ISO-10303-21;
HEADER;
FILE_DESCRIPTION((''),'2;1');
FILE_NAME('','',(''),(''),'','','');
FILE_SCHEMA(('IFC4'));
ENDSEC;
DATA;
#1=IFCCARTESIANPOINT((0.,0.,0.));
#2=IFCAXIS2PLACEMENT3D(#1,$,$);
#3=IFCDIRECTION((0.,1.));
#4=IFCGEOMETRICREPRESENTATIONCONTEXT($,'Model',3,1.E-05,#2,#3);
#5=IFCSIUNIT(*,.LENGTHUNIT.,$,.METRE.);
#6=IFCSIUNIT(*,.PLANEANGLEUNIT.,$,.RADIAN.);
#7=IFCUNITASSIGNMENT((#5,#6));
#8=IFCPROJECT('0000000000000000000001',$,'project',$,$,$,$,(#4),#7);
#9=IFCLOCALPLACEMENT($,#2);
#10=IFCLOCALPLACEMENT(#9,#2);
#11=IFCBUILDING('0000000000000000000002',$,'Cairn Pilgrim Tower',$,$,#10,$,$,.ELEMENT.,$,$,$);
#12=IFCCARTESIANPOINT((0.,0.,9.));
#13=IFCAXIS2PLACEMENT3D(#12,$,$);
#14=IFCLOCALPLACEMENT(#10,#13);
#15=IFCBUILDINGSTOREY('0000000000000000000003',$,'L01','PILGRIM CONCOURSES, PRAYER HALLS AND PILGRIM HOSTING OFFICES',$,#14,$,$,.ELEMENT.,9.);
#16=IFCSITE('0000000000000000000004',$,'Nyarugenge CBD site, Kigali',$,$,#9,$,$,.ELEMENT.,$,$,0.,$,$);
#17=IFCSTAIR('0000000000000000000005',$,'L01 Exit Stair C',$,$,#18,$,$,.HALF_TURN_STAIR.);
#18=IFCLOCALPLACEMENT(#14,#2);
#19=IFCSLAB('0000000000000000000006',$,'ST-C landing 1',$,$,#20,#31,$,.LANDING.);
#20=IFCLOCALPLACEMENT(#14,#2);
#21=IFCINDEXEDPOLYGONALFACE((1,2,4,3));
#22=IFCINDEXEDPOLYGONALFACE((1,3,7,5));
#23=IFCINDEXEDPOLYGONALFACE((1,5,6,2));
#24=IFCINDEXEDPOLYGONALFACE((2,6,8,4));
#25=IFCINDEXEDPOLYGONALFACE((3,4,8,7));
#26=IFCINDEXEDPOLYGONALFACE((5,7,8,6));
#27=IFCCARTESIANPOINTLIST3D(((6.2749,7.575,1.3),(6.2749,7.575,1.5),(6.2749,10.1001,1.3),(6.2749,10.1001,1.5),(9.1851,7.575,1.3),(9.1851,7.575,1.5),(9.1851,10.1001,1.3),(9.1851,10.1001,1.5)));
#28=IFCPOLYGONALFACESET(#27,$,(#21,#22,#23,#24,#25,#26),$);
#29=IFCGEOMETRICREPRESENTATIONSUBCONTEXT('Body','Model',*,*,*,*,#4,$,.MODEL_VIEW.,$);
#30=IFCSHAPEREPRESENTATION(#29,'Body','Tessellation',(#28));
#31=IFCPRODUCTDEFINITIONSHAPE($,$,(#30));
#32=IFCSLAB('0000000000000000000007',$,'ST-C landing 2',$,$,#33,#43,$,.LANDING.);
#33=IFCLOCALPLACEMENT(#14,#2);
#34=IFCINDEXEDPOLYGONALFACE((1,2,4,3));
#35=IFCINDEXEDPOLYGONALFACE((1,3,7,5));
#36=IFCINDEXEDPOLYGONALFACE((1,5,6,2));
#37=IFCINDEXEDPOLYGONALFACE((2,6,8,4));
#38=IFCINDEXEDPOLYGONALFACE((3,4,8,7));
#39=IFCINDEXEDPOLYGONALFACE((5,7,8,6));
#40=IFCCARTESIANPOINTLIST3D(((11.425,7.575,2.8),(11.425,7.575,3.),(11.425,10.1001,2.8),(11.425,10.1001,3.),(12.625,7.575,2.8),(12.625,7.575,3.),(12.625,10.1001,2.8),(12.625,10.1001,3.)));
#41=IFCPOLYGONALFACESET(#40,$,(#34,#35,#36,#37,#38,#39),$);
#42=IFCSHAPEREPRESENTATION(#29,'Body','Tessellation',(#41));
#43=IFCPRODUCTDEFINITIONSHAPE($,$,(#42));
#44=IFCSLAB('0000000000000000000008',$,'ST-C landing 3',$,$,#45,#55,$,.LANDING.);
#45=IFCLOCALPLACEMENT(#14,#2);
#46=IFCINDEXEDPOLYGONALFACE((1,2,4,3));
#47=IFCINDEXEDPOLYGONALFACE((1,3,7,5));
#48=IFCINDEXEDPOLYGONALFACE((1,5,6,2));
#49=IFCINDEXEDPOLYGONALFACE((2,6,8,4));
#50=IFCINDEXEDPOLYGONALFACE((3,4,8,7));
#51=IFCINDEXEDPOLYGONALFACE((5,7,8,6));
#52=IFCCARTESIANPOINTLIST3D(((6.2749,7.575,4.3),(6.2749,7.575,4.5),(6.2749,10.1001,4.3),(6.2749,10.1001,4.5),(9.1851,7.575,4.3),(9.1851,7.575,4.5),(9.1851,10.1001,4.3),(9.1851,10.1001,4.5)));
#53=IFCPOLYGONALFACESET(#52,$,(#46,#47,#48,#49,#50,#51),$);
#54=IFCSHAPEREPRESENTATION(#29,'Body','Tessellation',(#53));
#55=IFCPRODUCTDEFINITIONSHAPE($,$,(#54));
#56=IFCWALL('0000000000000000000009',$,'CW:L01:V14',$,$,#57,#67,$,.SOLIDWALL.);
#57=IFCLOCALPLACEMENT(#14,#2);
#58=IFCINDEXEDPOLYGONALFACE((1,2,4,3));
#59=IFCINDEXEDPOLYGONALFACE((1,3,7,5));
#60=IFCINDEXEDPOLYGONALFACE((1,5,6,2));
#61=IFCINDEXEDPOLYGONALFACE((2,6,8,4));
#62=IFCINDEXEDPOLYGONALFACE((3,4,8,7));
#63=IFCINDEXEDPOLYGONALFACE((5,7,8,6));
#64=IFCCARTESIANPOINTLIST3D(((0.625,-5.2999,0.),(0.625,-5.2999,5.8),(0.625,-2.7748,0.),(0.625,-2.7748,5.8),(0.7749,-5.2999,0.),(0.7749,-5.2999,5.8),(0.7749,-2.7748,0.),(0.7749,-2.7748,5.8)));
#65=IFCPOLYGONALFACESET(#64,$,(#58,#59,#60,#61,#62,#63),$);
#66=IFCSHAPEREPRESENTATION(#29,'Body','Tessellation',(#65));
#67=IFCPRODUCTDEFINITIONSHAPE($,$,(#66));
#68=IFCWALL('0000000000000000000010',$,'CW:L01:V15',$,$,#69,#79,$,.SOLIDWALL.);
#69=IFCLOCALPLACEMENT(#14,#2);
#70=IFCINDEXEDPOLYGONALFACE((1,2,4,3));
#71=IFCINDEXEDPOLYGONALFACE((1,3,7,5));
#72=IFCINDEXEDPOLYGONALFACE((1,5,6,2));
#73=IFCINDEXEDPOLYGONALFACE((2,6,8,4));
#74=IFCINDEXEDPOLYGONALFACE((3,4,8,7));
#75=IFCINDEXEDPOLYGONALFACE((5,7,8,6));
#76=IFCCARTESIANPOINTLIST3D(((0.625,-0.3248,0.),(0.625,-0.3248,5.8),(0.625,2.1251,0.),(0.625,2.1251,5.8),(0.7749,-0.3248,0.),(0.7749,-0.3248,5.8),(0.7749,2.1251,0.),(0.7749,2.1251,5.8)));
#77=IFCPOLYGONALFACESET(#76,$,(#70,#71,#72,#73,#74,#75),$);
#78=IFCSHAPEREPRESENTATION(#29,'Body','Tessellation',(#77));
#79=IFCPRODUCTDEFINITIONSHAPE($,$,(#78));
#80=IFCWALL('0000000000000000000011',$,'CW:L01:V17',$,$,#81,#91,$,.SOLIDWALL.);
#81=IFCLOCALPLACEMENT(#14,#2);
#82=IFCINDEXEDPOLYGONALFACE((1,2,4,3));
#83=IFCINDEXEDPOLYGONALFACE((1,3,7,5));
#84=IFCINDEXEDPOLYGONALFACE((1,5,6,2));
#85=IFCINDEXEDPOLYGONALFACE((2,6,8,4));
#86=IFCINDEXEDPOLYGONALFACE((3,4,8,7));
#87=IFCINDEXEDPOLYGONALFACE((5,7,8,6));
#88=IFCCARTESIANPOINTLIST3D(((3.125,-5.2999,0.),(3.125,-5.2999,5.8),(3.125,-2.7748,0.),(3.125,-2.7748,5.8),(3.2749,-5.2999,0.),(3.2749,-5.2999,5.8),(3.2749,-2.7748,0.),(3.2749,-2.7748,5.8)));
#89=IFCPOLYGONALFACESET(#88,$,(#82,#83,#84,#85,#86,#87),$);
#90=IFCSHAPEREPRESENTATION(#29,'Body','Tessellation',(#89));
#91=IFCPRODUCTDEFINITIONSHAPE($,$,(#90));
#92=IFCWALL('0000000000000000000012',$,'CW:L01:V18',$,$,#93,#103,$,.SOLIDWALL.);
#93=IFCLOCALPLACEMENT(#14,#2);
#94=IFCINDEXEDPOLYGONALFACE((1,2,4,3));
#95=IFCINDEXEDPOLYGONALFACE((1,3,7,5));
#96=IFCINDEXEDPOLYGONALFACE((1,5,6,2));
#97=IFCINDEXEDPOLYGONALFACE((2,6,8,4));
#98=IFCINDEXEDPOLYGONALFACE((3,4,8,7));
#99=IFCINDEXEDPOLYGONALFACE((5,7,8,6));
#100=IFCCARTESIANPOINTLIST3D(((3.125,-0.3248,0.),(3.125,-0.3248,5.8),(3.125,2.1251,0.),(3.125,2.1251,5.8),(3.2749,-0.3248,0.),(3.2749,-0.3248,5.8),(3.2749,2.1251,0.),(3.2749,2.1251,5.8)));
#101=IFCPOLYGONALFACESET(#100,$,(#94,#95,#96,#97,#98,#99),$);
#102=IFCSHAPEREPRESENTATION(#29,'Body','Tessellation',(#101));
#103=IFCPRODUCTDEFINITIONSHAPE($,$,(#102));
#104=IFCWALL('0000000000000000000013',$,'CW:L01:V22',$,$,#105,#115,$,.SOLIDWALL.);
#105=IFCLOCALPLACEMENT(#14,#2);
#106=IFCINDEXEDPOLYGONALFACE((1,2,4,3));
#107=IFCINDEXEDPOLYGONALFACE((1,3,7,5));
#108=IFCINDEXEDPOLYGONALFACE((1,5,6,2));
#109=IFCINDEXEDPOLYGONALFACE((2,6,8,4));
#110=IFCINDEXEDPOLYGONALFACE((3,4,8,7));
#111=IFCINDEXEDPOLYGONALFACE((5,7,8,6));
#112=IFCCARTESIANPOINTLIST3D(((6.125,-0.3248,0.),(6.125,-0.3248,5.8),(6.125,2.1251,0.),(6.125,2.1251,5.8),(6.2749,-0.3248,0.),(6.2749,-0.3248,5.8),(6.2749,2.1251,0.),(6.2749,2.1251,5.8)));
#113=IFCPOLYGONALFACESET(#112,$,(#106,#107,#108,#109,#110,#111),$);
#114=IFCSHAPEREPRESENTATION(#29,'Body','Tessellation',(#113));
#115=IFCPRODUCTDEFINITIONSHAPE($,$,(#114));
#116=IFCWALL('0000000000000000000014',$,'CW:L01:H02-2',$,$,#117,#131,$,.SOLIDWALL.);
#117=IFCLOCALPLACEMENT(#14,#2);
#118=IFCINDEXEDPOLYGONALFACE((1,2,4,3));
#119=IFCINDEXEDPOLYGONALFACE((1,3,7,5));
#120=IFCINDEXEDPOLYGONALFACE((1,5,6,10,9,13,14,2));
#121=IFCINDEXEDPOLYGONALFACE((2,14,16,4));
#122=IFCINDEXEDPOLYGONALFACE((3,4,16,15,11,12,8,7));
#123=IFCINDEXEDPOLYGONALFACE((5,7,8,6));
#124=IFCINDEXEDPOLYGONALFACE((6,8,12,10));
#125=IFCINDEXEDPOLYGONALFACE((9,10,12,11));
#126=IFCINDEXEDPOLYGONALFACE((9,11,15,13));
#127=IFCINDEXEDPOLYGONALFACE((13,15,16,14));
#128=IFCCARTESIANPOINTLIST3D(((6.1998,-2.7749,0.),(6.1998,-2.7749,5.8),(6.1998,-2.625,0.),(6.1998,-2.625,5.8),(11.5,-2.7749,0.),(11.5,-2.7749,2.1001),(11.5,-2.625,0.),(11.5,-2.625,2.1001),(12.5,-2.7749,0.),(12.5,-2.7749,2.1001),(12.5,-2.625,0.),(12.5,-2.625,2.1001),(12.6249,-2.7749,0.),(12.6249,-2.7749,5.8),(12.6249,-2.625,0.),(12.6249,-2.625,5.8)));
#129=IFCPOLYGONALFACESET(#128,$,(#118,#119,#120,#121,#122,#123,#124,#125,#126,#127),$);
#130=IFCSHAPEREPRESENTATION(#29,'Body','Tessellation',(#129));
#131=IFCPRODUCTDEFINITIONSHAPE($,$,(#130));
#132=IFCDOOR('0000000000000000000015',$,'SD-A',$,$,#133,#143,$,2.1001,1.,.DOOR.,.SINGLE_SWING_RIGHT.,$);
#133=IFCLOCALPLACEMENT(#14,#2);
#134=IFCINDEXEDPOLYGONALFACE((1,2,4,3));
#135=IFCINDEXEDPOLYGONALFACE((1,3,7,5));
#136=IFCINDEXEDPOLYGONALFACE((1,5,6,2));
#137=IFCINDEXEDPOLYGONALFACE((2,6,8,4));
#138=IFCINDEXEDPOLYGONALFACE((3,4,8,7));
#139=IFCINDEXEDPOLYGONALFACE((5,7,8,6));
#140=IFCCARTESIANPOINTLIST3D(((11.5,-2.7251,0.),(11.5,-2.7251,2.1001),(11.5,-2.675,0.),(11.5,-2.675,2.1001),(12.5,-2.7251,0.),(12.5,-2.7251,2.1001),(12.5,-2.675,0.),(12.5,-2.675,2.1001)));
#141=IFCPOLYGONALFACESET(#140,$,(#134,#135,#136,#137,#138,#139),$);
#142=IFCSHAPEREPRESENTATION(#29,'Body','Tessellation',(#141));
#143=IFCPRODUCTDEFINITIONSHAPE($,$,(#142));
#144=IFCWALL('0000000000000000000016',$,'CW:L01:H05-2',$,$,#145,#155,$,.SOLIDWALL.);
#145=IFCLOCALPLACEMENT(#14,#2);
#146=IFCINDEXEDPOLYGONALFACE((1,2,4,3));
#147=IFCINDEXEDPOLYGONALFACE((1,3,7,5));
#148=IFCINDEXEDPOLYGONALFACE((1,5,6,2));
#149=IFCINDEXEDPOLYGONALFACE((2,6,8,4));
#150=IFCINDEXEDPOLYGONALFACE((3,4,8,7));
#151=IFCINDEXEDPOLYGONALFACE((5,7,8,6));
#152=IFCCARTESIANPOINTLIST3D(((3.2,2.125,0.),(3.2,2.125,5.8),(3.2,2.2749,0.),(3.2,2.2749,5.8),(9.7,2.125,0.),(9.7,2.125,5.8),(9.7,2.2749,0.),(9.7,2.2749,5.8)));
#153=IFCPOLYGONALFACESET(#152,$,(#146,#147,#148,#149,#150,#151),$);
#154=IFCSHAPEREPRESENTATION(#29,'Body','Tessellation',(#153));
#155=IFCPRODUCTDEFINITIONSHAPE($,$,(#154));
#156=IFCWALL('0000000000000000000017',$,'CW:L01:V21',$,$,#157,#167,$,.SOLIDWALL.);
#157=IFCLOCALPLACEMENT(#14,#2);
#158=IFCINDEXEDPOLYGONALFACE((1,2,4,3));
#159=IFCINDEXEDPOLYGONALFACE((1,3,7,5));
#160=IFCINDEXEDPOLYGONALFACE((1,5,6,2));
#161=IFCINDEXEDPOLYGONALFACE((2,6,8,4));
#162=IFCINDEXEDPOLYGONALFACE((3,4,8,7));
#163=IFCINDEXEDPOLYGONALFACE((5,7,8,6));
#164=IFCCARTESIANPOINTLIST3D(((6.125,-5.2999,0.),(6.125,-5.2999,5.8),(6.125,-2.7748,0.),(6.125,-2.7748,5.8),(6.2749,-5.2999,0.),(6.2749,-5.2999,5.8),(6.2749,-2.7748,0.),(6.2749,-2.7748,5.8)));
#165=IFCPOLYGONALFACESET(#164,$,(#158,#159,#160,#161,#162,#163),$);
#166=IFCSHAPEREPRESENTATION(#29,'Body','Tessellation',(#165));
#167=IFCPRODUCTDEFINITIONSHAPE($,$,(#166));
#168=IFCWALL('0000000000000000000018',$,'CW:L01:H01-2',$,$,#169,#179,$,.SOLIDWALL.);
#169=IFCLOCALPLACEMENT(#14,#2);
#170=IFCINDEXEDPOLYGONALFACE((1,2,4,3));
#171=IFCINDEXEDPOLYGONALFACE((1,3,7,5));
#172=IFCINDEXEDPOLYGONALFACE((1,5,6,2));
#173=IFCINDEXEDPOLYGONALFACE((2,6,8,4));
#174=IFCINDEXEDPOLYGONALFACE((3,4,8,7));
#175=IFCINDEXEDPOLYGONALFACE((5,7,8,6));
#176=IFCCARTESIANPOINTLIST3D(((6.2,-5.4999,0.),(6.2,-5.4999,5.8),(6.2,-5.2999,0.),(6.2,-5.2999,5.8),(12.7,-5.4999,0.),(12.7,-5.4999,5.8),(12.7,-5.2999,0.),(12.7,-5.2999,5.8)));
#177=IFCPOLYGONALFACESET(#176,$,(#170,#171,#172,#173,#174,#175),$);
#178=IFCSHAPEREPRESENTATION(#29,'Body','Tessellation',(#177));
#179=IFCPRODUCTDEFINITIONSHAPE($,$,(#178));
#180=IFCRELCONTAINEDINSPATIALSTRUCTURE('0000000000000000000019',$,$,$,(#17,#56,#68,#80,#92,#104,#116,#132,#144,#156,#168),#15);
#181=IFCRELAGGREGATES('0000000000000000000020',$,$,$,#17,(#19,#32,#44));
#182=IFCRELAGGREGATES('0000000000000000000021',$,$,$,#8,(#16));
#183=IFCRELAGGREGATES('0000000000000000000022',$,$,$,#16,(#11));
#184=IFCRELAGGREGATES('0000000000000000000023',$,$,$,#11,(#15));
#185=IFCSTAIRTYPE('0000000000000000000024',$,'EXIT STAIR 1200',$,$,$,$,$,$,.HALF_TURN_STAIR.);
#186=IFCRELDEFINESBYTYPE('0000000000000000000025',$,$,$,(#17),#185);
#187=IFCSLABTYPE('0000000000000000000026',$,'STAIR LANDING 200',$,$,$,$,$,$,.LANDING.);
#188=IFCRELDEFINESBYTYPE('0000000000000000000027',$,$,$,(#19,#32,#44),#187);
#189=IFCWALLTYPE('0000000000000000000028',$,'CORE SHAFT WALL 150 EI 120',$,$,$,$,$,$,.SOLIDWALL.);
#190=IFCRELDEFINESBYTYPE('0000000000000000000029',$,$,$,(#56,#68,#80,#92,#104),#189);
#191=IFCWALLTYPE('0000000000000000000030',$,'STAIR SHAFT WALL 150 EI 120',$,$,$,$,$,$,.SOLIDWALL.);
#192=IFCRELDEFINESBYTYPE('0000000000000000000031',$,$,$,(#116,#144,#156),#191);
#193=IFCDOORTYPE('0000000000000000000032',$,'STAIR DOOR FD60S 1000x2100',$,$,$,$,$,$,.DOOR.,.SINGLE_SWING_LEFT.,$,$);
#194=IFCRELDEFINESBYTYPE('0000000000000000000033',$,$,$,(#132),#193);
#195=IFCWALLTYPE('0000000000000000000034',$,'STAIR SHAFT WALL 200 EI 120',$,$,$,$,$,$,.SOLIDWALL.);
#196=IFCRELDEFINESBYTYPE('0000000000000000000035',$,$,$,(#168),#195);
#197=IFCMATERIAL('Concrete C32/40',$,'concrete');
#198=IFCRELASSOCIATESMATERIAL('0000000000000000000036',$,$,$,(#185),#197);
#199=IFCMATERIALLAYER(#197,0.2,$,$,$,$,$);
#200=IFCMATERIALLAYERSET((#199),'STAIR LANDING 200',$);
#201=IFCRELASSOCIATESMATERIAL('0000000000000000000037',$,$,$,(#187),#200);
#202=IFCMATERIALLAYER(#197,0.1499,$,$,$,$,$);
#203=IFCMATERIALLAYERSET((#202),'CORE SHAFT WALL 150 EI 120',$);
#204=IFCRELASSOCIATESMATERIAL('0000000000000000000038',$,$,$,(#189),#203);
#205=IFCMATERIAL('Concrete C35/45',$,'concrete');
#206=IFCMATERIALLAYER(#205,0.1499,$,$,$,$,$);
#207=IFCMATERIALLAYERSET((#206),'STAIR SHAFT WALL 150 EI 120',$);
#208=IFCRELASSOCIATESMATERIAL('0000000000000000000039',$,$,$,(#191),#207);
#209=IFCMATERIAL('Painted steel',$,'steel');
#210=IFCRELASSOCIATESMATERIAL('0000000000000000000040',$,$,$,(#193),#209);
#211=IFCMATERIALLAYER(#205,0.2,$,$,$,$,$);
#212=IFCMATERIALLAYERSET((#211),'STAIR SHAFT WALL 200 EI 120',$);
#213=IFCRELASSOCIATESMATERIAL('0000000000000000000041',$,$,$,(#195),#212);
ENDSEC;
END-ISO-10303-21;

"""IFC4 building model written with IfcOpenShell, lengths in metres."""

from ifc_helpers import new_model, si_unit, direction, frame, frame_2d, origin, place, context, subcontext, project, spatial, polyline, rectangle, outline, extrude, material, layer, layer_set, type_object, element, fill, aggregate, save


model = new_model("IFC4")

# Units and contexts
model_context = context("Model", 3, precision=1e-05, world=origin(), true_north=direction((0.0, 1.0)))
body_context = subcontext(model_context, "Body", "Model", "MODEL_VIEW")
ifc_project = project(units=[si_unit("LENGTHUNIT", "METRE"), si_unit("PLANEANGLEUNIT", "RADIAN")], contexts=[model_context])

# Site, building, storey
site_placement = place(None, origin())
site = spatial("IfcSite", under=ifc_project, at=site_placement, Name="Nyarugenge CBD site, Kigali", CompositionType="ELEMENT", RefElevation=0.0)
building_placement = place(site_placement, origin())
building = spatial("IfcBuilding", under=site, at=building_placement, Name="Cairn Pilgrim Tower", CompositionType="ELEMENT")
storey_placement = place(building_placement, frame((0.0, 0.0, 9.0)))
storey = spatial("IfcBuildingStorey", under=building, at=storey_placement, Name="L01", Description="PILGRIM CONCOURSES, PRAYER HALLS AND PILGRIM HOSTING OFFICES", CompositionType="ELEMENT", Elevation=9.0)

# Shared definitions
ifc_material_1 = material(Name="Concrete C35/45", Category="concrete")

# Stair, slabs
ifc_material_2 = material(Name="Concrete C32/40", Category="concrete")
stair_type_1 = type_object("IfcStairType", Name="EXIT STAIR 1200", PredefinedType="HALF_TURN_STAIR", material=ifc_material_2)
ifc_layer_1 = layer(ifc_material_2, 0.2)
ifc_layer_set_1 = layer_set([ifc_layer_1], Name="STAIR LANDING 200")
slab_type_1 = type_object("IfcSlabType", Name="STAIR LANDING 200", PredefinedType="LANDING", material=ifc_layer_set_1)
stair_1_placement = place(storey_placement, origin())
stair_1 = element("IfcStair", 1, at=stair_1_placement, inside=storey, type_object=stair_type_1, Name="L01 Exit Stair C", PredefinedType="HALF_TURN_STAIR")
slab_1_placement = place(storey_placement, frame((0.0, 0.0, 1.3)))
slab_1 = element("IfcSlab", 2, at=slab_1_placement, type_object=slab_type_1, Name="ST-C landing 1", PredefinedType="LANDING", context=body_context, shape_type="SweptSolid", body=[
    extrude(outline(polyline([(9.1851, 10.1001), (6.2749, 10.1001), (6.2749, 7.575), (9.1851, 7.575), (9.1851, 10.1001)])), origin(), (0.0, 0.0, 1.0), 0.2),
])
slab_2_placement = place(storey_placement, frame((0.0, 0.0, 2.8)))
slab_2 = element("IfcSlab", 3, at=slab_2_placement, type_object=slab_type_1, Name="ST-C landing 2", PredefinedType="LANDING", context=body_context, shape_type="SweptSolid", body=[
    extrude(outline(polyline([(12.625, 10.1001), (11.425, 10.1001), (11.425, 7.575), (12.625, 7.575), (12.625, 10.1001)])), origin(), (0.0, 0.0, 1.0), 0.2),
])
slab_3_placement = place(storey_placement, frame((0.0, 0.0, 4.3)))
slab_3 = element("IfcSlab", 4, at=slab_3_placement, type_object=slab_type_1, Name="ST-C landing 3", PredefinedType="LANDING", context=body_context, shape_type="SweptSolid", body=[
    extrude(outline(polyline([(9.1851, 10.1001), (6.2749, 10.1001), (6.2749, 7.575), (9.1851, 7.575), (9.1851, 10.1001)])), origin(), (0.0, 0.0, 1.0), 0.2),
])
aggregate(stair_1, [slab_1, slab_2, slab_3])

# Walls
ifc_layer_2 = layer(ifc_material_2, 0.1499)
ifc_layer_set_2 = layer_set([ifc_layer_2], Name="CORE SHAFT WALL 150 EI 120")
wall_type_1 = type_object("IfcWallType", Name="CORE SHAFT WALL 150 EI 120", PredefinedType="SOLIDWALL", material=ifc_layer_set_2)
wall_1_placement = place(storey_placement, frame((0.7, -5.3, 0.0), z_axis=(0.0, 0.0, 1.0), x_axis=(0.0, 1.0, 0.0)))
element("IfcWall", 5, at=wall_1_placement, inside=storey, type_object=wall_type_1, Name="CW:L01:V14", PredefinedType="SOLIDWALL", context=body_context, shape_type="SweptSolid", body=[
    extrude(rectangle(XDim=2.5251, YDim=0.1499, at=frame_2d((1.2627, 0.0))), origin(), (0.0, 0.0, 1.0), 5.8),
])
wall_2_placement = place(storey_placement, frame((0.7, -0.325, 0.0), z_axis=(0.0, 0.0, 1.0), x_axis=(0.0, 1.0, 0.0)))
element("IfcWall", 6, at=wall_2_placement, inside=storey, type_object=wall_type_1, Name="CW:L01:V15", PredefinedType="SOLIDWALL", context=body_context, shape_type="SweptSolid", body=[
    extrude(rectangle(XDim=2.45, YDim=0.1499, at=frame_2d((1.2251, 0.0))), origin(), (0.0, 0.0, 1.0), 5.8),
])
wall_3_placement = place(storey_placement, frame((3.2, -5.3, 0.0), z_axis=(0.0, 0.0, 1.0), x_axis=(0.0, 1.0, 0.0)))
element("IfcWall", 7, at=wall_3_placement, inside=storey, type_object=wall_type_1, Name="CW:L01:V17", PredefinedType="SOLIDWALL", context=body_context, shape_type="SweptSolid", body=[
    extrude(rectangle(XDim=2.5251, YDim=0.1499, at=frame_2d((1.2627, 0.0))), origin(), (0.0, 0.0, 1.0), 5.8),
])
for number, where, z_axis, x_axis, name in (
    (8, (3.2, -0.325, 0.0), (0.0, 0.0, 1.0), (0.0, 1.0, 0.0), "CW:L01:V18"),
    (9, (6.2, -0.325, 0.0), (0.0, 0.0, 1.0), (0.0, 1.0, 0.0), "CW:L01:V22"),
):
    element("IfcWall", number, at=place(storey_placement, frame(where, z_axis=z_axis, x_axis=x_axis)), inside=storey, type_object=wall_type_1, Name=name, PredefinedType="SOLIDWALL", context=body_context, shape_type="SweptSolid", body=[
        extrude(rectangle(XDim=2.45, YDim=0.1499, at=frame_2d((1.2251, 0.0))), origin(), (0.0, 0.0, 1.0), 5.8),
    ])

# Wall, opening, door
ifc_layer_3 = layer(ifc_material_1, 0.1499)
ifc_layer_set_3 = layer_set([ifc_layer_3], Name="STAIR SHAFT WALL 150 EI 120")
wall_type_2 = type_object("IfcWallType", Name="STAIR SHAFT WALL 150 EI 120", PredefinedType="SOLIDWALL", material=ifc_layer_set_3)
wall_4_placement = place(storey_placement, frame((6.2, -2.7, 0.0), z_axis=(0.0, 0.0, 1.0), x_axis=(1.0, 0.0, 0.0)))
wall_4 = element("IfcWall", 10, at=wall_4_placement, inside=storey, type_object=wall_type_2, Name="CW:L01:H02-2", PredefinedType="SOLIDWALL", context=body_context, shape_type="SweptSolid", body=[
    extrude(rectangle(XDim=6.425, YDim=0.1499, at=frame_2d((3.2124, 0.0))), origin(), (0.0, 0.0, 1.0), 5.8),
])
opening_placement = place(wall_4_placement, frame((5.3, 0.0, 0.0)))
opening = element("IfcOpeningElement", 11, at=opening_placement, cuts=wall_4, PredefinedType="OPENING", context=body_context, shape_type="SweptSolid", body=[
    extrude(rectangle(XDim=1.0, YDim=2.1001, at=frame_2d((0.5, 1.05))), frame((0.0, 0.085, 0.0), z_axis=(0.0, -1.0, 0.0), x_axis=(1.0, 0.0, 0.0)), (0.0, 0.0, 1.0), 0.1699),
])
ifc_material_3 = material(Name="Painted steel", Category="steel")
door_type = type_object("IfcDoorType", Name="STAIR DOOR FD60S 1000x2100", OperationType="SINGLE_SWING_LEFT", PredefinedType="DOOR", material=ifc_material_3)
door_placement = place(opening_placement, origin())
door = element("IfcDoor", 12, at=door_placement, inside=storey, type_object=door_type, Name="SD-A", OperationType="SINGLE_SWING_RIGHT", OverallHeight=2.1001, OverallWidth=1.0, PredefinedType="DOOR", context=body_context, shape_type="SweptSolid", body=[
    extrude(rectangle(XDim=1.0, YDim=2.1001, at=frame_2d((0.5, 1.05))), frame((0.0, 0.0249, 0.0), z_axis=(0.0, -1.0, 0.0), x_axis=(1.0, 0.0, 0.0)), (0.0, 0.0, 1.0), 0.05),
])
fill(opening, door)

# Walls
wall_5_placement = place(storey_placement, frame((3.2, 2.2, 0.0), z_axis=(0.0, 0.0, 1.0), x_axis=(1.0, 0.0, 0.0)))
element("IfcWall", 13, at=wall_5_placement, inside=storey, type_object=wall_type_2, Name="CW:L01:H05-2", PredefinedType="SOLIDWALL", context=body_context, shape_type="SweptSolid", body=[
    extrude(rectangle(XDim=6.5, YDim=0.1499, at=frame_2d((3.25, 0.0))), origin(), (0.0, 0.0, 1.0), 5.8),
])
wall_6_placement = place(storey_placement, frame((6.2, -5.3, 0.0), z_axis=(0.0, 0.0, 1.0), x_axis=(0.0, 1.0, 0.0)))
element("IfcWall", 14, at=wall_6_placement, inside=storey, type_object=wall_type_2, Name="CW:L01:V21", PredefinedType="SOLIDWALL", context=body_context, shape_type="SweptSolid", body=[
    extrude(rectangle(XDim=2.5251, YDim=0.1499, at=frame_2d((1.2627, 0.0))), origin(), (0.0, 0.0, 1.0), 5.8),
])
ifc_layer_4 = layer(ifc_material_1, 0.2)
ifc_layer_set_4 = layer_set([ifc_layer_4], Name="STAIR SHAFT WALL 200 EI 120")
wall_type_3 = type_object("IfcWallType", Name="STAIR SHAFT WALL 200 EI 120", PredefinedType="SOLIDWALL", material=ifc_layer_set_4)
wall_7_placement = place(storey_placement, frame((6.2, -5.3999, 0.0), z_axis=(0.0, 0.0, 1.0), x_axis=(1.0, 0.0, 0.0)))
element("IfcWall", 15, at=wall_7_placement, inside=storey, type_object=wall_type_3, Name="CW:L01:H01-2", PredefinedType="SOLIDWALL", context=body_context, shape_type="SweptSolid", body=[
    extrude(rectangle(XDim=6.5, YDim=0.2, at=frame_2d((3.25, 0.0))), origin(), (0.0, 0.0, 1.0), 5.8),
])

save(model, "model.ifc")
